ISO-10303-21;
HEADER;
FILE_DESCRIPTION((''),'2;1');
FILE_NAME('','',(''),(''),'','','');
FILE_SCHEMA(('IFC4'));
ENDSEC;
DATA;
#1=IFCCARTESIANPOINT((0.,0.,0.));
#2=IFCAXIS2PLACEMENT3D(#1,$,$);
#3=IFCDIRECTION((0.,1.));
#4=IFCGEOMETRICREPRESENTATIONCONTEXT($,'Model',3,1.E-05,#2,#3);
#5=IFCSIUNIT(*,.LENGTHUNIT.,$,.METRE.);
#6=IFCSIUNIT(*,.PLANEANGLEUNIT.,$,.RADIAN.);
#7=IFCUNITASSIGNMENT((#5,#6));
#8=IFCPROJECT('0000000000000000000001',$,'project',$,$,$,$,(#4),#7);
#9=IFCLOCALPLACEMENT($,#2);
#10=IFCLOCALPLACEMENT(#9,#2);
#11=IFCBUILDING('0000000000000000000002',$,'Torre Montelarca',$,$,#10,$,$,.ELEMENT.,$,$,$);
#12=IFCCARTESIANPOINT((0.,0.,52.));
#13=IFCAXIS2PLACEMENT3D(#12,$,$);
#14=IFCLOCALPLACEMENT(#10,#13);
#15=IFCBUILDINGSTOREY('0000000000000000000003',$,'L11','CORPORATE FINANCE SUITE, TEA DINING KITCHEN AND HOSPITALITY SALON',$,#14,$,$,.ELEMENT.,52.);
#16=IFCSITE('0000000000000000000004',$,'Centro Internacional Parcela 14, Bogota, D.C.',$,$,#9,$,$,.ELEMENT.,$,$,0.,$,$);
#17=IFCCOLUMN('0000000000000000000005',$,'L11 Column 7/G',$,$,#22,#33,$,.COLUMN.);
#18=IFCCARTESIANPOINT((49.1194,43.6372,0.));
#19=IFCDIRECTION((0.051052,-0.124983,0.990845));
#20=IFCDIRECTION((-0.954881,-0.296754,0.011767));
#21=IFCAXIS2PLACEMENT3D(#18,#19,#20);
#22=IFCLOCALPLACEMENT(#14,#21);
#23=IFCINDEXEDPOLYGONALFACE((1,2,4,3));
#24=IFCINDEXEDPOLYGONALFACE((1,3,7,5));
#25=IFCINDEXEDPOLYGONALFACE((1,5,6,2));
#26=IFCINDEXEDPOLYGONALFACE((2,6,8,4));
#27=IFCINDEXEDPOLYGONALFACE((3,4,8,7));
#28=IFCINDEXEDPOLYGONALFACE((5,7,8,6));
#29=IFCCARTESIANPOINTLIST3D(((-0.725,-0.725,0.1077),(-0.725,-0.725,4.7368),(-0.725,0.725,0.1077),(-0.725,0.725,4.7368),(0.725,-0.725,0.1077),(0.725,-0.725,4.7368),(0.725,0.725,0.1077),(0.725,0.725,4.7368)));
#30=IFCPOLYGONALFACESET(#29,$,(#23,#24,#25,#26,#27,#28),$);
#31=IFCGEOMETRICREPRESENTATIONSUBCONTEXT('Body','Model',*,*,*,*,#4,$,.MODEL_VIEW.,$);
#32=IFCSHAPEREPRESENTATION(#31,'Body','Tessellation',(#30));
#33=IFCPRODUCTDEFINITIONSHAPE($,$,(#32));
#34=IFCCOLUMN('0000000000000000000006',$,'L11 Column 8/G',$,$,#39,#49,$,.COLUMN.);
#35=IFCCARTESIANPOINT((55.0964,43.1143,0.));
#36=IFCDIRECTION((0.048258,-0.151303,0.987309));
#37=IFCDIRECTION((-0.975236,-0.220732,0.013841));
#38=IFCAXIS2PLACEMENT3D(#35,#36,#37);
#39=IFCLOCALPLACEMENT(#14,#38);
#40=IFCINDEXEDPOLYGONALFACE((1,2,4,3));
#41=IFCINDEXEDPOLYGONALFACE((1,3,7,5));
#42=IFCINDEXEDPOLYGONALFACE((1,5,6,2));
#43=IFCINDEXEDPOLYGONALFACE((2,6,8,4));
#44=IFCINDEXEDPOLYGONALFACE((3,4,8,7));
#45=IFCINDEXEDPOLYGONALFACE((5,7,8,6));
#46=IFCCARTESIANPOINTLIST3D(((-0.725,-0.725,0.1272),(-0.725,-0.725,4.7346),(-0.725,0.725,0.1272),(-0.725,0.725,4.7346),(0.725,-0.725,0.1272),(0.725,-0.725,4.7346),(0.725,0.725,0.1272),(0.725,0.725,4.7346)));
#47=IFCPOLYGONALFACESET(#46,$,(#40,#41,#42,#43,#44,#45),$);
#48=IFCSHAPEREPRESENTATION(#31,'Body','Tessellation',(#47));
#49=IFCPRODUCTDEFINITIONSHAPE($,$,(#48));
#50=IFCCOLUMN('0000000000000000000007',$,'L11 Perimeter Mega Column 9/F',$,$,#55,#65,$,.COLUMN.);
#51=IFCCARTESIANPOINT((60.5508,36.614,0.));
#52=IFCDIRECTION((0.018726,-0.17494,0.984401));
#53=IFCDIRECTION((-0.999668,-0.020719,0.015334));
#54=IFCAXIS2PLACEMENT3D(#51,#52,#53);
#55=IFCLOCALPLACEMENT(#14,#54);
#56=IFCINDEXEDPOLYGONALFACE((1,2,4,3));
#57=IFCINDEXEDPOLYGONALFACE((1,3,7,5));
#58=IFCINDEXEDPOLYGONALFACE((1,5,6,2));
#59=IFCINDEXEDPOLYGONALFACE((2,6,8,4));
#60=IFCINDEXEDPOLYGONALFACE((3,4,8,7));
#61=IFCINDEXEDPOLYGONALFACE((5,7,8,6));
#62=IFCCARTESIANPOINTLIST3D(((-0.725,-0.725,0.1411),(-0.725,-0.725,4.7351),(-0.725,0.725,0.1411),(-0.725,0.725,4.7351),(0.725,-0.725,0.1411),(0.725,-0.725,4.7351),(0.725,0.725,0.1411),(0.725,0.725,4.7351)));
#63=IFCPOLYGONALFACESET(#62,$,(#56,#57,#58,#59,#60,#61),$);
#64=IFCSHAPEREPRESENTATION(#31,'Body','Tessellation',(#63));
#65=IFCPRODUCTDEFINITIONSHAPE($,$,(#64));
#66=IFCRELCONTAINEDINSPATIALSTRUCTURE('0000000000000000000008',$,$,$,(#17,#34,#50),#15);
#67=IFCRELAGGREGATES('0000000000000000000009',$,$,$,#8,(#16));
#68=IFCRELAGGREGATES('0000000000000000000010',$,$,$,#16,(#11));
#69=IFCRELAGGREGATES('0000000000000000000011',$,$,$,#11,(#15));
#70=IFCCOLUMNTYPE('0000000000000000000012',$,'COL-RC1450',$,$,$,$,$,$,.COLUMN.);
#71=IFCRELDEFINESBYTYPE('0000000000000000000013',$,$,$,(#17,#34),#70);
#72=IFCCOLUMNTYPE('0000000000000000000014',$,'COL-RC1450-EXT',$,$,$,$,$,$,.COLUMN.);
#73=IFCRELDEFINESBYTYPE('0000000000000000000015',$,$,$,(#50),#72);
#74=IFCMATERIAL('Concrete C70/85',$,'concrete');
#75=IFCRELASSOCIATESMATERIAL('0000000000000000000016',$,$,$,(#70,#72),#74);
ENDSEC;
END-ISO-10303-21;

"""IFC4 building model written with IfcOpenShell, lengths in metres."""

from ifc_helpers import new_model, si_unit, direction, frame, origin, origin_2d, place, context, subcontext, project, spatial, rectangle, extrude, clip, halfspace, material, material_profile, profile_set, type_object, element, save


model = new_model("IFC4")

# Units and contexts
model_context = context("Model", 3, precision=1e-05, world=origin(), true_north=direction((0.0, 1.0)))
body_context = subcontext(model_context, "Body", "Model", "MODEL_VIEW")
ifc_project = project(units=[si_unit("LENGTHUNIT", "METRE"), si_unit("PLANEANGLEUNIT", "RADIAN")], contexts=[model_context])

# Site, building, storey
site_placement = place(None, origin())
site = spatial("IfcSite", under=ifc_project, at=site_placement, Name="Centro Internacional Parcela 14, Bogota, D.C.", CompositionType="ELEMENT", RefElevation=0.0)
building_placement = place(site_placement, origin())
building = spatial("IfcBuilding", under=site, at=building_placement, Name="Torre Montelarca", CompositionType="ELEMENT")
storey_placement = place(building_placement, frame((0.0, 0.0, 52.0)))
storey = spatial("IfcBuildingStorey", under=building, at=storey_placement, Name="L11", Description="CORPORATE FINANCE SUITE, TEA DINING KITCHEN AND HOSPITALITY SALON", CompositionType="ELEMENT", Elevation=52.0)

# Columns
ifc_material_1 = material(Name="Concrete C70/85", Category="concrete")
ifc_material_profile_1 = material_profile(ifc_material_1, rectangle(XDim=1.45, YDim=1.45, at=origin_2d()), Name="RC1450X1450", Category="concrete")
ifc_profile_set_1 = profile_set([ifc_material_profile_1], Name="Concrete C70/85")
column_type_1 = type_object("IfcColumnType", Name="COL-RC1450", PredefinedType="COLUMN", material=ifc_profile_set_1)
column_1_placement = place(storey_placement, frame((49.1194, 43.6372, 0.0), z_axis=(0.051052, -0.124983, 0.990845), x_axis=(-0.954881, -0.296754, 0.011767)))
element("IfcColumn", 1, at=column_1_placement, inside=storey, type_object=column_type_1, Name="L11 Column 7/G", PredefinedType="COLUMN", context=body_context, shape_type="Clipping", body=[
    clip(clip(extrude(rectangle(XDim=1.45, YDim=1.45, at=origin_2d()), origin(), (0.0, 0.0, 1.0), 4.8445), halfspace(frame((0.0, 0.0, 0.1077), z_axis=(0.0, 0.0, -1.0), x_axis=(1.0, 0.0, 0.0)), False)), halfspace(frame((0.0, 0.0, 4.7368), z_axis=(0.0, 0.0, 1.0), x_axis=(1.0, 0.0, 0.0)), False)),
])
column_2_placement = place(storey_placement, frame((55.0964, 43.1143, 0.0), z_axis=(0.048258, -0.151303, 0.987309), x_axis=(-0.975236, -0.220732, 0.013841)))
element("IfcColumn", 2, at=column_2_placement, inside=storey, type_object=column_type_1, Name="L11 Column 8/G", PredefinedType="COLUMN", context=body_context, shape_type="Clipping", body=[
    clip(clip(extrude(rectangle(XDim=1.45, YDim=1.45, at=origin_2d()), origin(), (0.0, 0.0, 1.0), 4.8618), halfspace(frame((0.0, 0.0, 0.1272), z_axis=(0.0, 0.0, -1.0), x_axis=(1.0, 0.0, 0.0)), False)), halfspace(frame((0.0, 0.0, 4.7346), z_axis=(0.0, 0.0, 1.0), x_axis=(1.0, 0.0, 0.0)), False)),
])
ifc_material_profile_2 = material_profile(ifc_material_1, rectangle(XDim=1.45, YDim=1.45, at=origin_2d()), Name="RC1450X1450", Category="concrete")
ifc_profile_set_2 = profile_set([ifc_material_profile_2], Name="Concrete C70/85")
column_type_2 = type_object("IfcColumnType", Name="COL-RC1450-EXT", PredefinedType="COLUMN", material=ifc_profile_set_2)
column_3_placement = place(storey_placement, frame((60.5508, 36.614, 0.0), z_axis=(0.018726, -0.17494, 0.984401), x_axis=(-0.999668, -0.020719, 0.015334)))
element("IfcColumn", 3, at=column_3_placement, inside=storey, type_object=column_type_2, Name="L11 Perimeter Mega Column 9/F", PredefinedType="COLUMN", context=body_context, shape_type="Clipping", body=[
    clip(clip(extrude(rectangle(XDim=1.45, YDim=1.45, at=origin_2d()), origin(), (0.0, 0.0, 1.0), 4.8762), halfspace(frame((0.0, 0.0, 0.1411), z_axis=(0.0, 0.0, -1.0), x_axis=(1.0, 0.0, 0.0)), False)), halfspace(frame((0.0, 0.0, 4.7351), z_axis=(0.0, 0.0, 1.0), x_axis=(1.0, 0.0, 0.0)), False)),
])

save(model, "model.ifc")
